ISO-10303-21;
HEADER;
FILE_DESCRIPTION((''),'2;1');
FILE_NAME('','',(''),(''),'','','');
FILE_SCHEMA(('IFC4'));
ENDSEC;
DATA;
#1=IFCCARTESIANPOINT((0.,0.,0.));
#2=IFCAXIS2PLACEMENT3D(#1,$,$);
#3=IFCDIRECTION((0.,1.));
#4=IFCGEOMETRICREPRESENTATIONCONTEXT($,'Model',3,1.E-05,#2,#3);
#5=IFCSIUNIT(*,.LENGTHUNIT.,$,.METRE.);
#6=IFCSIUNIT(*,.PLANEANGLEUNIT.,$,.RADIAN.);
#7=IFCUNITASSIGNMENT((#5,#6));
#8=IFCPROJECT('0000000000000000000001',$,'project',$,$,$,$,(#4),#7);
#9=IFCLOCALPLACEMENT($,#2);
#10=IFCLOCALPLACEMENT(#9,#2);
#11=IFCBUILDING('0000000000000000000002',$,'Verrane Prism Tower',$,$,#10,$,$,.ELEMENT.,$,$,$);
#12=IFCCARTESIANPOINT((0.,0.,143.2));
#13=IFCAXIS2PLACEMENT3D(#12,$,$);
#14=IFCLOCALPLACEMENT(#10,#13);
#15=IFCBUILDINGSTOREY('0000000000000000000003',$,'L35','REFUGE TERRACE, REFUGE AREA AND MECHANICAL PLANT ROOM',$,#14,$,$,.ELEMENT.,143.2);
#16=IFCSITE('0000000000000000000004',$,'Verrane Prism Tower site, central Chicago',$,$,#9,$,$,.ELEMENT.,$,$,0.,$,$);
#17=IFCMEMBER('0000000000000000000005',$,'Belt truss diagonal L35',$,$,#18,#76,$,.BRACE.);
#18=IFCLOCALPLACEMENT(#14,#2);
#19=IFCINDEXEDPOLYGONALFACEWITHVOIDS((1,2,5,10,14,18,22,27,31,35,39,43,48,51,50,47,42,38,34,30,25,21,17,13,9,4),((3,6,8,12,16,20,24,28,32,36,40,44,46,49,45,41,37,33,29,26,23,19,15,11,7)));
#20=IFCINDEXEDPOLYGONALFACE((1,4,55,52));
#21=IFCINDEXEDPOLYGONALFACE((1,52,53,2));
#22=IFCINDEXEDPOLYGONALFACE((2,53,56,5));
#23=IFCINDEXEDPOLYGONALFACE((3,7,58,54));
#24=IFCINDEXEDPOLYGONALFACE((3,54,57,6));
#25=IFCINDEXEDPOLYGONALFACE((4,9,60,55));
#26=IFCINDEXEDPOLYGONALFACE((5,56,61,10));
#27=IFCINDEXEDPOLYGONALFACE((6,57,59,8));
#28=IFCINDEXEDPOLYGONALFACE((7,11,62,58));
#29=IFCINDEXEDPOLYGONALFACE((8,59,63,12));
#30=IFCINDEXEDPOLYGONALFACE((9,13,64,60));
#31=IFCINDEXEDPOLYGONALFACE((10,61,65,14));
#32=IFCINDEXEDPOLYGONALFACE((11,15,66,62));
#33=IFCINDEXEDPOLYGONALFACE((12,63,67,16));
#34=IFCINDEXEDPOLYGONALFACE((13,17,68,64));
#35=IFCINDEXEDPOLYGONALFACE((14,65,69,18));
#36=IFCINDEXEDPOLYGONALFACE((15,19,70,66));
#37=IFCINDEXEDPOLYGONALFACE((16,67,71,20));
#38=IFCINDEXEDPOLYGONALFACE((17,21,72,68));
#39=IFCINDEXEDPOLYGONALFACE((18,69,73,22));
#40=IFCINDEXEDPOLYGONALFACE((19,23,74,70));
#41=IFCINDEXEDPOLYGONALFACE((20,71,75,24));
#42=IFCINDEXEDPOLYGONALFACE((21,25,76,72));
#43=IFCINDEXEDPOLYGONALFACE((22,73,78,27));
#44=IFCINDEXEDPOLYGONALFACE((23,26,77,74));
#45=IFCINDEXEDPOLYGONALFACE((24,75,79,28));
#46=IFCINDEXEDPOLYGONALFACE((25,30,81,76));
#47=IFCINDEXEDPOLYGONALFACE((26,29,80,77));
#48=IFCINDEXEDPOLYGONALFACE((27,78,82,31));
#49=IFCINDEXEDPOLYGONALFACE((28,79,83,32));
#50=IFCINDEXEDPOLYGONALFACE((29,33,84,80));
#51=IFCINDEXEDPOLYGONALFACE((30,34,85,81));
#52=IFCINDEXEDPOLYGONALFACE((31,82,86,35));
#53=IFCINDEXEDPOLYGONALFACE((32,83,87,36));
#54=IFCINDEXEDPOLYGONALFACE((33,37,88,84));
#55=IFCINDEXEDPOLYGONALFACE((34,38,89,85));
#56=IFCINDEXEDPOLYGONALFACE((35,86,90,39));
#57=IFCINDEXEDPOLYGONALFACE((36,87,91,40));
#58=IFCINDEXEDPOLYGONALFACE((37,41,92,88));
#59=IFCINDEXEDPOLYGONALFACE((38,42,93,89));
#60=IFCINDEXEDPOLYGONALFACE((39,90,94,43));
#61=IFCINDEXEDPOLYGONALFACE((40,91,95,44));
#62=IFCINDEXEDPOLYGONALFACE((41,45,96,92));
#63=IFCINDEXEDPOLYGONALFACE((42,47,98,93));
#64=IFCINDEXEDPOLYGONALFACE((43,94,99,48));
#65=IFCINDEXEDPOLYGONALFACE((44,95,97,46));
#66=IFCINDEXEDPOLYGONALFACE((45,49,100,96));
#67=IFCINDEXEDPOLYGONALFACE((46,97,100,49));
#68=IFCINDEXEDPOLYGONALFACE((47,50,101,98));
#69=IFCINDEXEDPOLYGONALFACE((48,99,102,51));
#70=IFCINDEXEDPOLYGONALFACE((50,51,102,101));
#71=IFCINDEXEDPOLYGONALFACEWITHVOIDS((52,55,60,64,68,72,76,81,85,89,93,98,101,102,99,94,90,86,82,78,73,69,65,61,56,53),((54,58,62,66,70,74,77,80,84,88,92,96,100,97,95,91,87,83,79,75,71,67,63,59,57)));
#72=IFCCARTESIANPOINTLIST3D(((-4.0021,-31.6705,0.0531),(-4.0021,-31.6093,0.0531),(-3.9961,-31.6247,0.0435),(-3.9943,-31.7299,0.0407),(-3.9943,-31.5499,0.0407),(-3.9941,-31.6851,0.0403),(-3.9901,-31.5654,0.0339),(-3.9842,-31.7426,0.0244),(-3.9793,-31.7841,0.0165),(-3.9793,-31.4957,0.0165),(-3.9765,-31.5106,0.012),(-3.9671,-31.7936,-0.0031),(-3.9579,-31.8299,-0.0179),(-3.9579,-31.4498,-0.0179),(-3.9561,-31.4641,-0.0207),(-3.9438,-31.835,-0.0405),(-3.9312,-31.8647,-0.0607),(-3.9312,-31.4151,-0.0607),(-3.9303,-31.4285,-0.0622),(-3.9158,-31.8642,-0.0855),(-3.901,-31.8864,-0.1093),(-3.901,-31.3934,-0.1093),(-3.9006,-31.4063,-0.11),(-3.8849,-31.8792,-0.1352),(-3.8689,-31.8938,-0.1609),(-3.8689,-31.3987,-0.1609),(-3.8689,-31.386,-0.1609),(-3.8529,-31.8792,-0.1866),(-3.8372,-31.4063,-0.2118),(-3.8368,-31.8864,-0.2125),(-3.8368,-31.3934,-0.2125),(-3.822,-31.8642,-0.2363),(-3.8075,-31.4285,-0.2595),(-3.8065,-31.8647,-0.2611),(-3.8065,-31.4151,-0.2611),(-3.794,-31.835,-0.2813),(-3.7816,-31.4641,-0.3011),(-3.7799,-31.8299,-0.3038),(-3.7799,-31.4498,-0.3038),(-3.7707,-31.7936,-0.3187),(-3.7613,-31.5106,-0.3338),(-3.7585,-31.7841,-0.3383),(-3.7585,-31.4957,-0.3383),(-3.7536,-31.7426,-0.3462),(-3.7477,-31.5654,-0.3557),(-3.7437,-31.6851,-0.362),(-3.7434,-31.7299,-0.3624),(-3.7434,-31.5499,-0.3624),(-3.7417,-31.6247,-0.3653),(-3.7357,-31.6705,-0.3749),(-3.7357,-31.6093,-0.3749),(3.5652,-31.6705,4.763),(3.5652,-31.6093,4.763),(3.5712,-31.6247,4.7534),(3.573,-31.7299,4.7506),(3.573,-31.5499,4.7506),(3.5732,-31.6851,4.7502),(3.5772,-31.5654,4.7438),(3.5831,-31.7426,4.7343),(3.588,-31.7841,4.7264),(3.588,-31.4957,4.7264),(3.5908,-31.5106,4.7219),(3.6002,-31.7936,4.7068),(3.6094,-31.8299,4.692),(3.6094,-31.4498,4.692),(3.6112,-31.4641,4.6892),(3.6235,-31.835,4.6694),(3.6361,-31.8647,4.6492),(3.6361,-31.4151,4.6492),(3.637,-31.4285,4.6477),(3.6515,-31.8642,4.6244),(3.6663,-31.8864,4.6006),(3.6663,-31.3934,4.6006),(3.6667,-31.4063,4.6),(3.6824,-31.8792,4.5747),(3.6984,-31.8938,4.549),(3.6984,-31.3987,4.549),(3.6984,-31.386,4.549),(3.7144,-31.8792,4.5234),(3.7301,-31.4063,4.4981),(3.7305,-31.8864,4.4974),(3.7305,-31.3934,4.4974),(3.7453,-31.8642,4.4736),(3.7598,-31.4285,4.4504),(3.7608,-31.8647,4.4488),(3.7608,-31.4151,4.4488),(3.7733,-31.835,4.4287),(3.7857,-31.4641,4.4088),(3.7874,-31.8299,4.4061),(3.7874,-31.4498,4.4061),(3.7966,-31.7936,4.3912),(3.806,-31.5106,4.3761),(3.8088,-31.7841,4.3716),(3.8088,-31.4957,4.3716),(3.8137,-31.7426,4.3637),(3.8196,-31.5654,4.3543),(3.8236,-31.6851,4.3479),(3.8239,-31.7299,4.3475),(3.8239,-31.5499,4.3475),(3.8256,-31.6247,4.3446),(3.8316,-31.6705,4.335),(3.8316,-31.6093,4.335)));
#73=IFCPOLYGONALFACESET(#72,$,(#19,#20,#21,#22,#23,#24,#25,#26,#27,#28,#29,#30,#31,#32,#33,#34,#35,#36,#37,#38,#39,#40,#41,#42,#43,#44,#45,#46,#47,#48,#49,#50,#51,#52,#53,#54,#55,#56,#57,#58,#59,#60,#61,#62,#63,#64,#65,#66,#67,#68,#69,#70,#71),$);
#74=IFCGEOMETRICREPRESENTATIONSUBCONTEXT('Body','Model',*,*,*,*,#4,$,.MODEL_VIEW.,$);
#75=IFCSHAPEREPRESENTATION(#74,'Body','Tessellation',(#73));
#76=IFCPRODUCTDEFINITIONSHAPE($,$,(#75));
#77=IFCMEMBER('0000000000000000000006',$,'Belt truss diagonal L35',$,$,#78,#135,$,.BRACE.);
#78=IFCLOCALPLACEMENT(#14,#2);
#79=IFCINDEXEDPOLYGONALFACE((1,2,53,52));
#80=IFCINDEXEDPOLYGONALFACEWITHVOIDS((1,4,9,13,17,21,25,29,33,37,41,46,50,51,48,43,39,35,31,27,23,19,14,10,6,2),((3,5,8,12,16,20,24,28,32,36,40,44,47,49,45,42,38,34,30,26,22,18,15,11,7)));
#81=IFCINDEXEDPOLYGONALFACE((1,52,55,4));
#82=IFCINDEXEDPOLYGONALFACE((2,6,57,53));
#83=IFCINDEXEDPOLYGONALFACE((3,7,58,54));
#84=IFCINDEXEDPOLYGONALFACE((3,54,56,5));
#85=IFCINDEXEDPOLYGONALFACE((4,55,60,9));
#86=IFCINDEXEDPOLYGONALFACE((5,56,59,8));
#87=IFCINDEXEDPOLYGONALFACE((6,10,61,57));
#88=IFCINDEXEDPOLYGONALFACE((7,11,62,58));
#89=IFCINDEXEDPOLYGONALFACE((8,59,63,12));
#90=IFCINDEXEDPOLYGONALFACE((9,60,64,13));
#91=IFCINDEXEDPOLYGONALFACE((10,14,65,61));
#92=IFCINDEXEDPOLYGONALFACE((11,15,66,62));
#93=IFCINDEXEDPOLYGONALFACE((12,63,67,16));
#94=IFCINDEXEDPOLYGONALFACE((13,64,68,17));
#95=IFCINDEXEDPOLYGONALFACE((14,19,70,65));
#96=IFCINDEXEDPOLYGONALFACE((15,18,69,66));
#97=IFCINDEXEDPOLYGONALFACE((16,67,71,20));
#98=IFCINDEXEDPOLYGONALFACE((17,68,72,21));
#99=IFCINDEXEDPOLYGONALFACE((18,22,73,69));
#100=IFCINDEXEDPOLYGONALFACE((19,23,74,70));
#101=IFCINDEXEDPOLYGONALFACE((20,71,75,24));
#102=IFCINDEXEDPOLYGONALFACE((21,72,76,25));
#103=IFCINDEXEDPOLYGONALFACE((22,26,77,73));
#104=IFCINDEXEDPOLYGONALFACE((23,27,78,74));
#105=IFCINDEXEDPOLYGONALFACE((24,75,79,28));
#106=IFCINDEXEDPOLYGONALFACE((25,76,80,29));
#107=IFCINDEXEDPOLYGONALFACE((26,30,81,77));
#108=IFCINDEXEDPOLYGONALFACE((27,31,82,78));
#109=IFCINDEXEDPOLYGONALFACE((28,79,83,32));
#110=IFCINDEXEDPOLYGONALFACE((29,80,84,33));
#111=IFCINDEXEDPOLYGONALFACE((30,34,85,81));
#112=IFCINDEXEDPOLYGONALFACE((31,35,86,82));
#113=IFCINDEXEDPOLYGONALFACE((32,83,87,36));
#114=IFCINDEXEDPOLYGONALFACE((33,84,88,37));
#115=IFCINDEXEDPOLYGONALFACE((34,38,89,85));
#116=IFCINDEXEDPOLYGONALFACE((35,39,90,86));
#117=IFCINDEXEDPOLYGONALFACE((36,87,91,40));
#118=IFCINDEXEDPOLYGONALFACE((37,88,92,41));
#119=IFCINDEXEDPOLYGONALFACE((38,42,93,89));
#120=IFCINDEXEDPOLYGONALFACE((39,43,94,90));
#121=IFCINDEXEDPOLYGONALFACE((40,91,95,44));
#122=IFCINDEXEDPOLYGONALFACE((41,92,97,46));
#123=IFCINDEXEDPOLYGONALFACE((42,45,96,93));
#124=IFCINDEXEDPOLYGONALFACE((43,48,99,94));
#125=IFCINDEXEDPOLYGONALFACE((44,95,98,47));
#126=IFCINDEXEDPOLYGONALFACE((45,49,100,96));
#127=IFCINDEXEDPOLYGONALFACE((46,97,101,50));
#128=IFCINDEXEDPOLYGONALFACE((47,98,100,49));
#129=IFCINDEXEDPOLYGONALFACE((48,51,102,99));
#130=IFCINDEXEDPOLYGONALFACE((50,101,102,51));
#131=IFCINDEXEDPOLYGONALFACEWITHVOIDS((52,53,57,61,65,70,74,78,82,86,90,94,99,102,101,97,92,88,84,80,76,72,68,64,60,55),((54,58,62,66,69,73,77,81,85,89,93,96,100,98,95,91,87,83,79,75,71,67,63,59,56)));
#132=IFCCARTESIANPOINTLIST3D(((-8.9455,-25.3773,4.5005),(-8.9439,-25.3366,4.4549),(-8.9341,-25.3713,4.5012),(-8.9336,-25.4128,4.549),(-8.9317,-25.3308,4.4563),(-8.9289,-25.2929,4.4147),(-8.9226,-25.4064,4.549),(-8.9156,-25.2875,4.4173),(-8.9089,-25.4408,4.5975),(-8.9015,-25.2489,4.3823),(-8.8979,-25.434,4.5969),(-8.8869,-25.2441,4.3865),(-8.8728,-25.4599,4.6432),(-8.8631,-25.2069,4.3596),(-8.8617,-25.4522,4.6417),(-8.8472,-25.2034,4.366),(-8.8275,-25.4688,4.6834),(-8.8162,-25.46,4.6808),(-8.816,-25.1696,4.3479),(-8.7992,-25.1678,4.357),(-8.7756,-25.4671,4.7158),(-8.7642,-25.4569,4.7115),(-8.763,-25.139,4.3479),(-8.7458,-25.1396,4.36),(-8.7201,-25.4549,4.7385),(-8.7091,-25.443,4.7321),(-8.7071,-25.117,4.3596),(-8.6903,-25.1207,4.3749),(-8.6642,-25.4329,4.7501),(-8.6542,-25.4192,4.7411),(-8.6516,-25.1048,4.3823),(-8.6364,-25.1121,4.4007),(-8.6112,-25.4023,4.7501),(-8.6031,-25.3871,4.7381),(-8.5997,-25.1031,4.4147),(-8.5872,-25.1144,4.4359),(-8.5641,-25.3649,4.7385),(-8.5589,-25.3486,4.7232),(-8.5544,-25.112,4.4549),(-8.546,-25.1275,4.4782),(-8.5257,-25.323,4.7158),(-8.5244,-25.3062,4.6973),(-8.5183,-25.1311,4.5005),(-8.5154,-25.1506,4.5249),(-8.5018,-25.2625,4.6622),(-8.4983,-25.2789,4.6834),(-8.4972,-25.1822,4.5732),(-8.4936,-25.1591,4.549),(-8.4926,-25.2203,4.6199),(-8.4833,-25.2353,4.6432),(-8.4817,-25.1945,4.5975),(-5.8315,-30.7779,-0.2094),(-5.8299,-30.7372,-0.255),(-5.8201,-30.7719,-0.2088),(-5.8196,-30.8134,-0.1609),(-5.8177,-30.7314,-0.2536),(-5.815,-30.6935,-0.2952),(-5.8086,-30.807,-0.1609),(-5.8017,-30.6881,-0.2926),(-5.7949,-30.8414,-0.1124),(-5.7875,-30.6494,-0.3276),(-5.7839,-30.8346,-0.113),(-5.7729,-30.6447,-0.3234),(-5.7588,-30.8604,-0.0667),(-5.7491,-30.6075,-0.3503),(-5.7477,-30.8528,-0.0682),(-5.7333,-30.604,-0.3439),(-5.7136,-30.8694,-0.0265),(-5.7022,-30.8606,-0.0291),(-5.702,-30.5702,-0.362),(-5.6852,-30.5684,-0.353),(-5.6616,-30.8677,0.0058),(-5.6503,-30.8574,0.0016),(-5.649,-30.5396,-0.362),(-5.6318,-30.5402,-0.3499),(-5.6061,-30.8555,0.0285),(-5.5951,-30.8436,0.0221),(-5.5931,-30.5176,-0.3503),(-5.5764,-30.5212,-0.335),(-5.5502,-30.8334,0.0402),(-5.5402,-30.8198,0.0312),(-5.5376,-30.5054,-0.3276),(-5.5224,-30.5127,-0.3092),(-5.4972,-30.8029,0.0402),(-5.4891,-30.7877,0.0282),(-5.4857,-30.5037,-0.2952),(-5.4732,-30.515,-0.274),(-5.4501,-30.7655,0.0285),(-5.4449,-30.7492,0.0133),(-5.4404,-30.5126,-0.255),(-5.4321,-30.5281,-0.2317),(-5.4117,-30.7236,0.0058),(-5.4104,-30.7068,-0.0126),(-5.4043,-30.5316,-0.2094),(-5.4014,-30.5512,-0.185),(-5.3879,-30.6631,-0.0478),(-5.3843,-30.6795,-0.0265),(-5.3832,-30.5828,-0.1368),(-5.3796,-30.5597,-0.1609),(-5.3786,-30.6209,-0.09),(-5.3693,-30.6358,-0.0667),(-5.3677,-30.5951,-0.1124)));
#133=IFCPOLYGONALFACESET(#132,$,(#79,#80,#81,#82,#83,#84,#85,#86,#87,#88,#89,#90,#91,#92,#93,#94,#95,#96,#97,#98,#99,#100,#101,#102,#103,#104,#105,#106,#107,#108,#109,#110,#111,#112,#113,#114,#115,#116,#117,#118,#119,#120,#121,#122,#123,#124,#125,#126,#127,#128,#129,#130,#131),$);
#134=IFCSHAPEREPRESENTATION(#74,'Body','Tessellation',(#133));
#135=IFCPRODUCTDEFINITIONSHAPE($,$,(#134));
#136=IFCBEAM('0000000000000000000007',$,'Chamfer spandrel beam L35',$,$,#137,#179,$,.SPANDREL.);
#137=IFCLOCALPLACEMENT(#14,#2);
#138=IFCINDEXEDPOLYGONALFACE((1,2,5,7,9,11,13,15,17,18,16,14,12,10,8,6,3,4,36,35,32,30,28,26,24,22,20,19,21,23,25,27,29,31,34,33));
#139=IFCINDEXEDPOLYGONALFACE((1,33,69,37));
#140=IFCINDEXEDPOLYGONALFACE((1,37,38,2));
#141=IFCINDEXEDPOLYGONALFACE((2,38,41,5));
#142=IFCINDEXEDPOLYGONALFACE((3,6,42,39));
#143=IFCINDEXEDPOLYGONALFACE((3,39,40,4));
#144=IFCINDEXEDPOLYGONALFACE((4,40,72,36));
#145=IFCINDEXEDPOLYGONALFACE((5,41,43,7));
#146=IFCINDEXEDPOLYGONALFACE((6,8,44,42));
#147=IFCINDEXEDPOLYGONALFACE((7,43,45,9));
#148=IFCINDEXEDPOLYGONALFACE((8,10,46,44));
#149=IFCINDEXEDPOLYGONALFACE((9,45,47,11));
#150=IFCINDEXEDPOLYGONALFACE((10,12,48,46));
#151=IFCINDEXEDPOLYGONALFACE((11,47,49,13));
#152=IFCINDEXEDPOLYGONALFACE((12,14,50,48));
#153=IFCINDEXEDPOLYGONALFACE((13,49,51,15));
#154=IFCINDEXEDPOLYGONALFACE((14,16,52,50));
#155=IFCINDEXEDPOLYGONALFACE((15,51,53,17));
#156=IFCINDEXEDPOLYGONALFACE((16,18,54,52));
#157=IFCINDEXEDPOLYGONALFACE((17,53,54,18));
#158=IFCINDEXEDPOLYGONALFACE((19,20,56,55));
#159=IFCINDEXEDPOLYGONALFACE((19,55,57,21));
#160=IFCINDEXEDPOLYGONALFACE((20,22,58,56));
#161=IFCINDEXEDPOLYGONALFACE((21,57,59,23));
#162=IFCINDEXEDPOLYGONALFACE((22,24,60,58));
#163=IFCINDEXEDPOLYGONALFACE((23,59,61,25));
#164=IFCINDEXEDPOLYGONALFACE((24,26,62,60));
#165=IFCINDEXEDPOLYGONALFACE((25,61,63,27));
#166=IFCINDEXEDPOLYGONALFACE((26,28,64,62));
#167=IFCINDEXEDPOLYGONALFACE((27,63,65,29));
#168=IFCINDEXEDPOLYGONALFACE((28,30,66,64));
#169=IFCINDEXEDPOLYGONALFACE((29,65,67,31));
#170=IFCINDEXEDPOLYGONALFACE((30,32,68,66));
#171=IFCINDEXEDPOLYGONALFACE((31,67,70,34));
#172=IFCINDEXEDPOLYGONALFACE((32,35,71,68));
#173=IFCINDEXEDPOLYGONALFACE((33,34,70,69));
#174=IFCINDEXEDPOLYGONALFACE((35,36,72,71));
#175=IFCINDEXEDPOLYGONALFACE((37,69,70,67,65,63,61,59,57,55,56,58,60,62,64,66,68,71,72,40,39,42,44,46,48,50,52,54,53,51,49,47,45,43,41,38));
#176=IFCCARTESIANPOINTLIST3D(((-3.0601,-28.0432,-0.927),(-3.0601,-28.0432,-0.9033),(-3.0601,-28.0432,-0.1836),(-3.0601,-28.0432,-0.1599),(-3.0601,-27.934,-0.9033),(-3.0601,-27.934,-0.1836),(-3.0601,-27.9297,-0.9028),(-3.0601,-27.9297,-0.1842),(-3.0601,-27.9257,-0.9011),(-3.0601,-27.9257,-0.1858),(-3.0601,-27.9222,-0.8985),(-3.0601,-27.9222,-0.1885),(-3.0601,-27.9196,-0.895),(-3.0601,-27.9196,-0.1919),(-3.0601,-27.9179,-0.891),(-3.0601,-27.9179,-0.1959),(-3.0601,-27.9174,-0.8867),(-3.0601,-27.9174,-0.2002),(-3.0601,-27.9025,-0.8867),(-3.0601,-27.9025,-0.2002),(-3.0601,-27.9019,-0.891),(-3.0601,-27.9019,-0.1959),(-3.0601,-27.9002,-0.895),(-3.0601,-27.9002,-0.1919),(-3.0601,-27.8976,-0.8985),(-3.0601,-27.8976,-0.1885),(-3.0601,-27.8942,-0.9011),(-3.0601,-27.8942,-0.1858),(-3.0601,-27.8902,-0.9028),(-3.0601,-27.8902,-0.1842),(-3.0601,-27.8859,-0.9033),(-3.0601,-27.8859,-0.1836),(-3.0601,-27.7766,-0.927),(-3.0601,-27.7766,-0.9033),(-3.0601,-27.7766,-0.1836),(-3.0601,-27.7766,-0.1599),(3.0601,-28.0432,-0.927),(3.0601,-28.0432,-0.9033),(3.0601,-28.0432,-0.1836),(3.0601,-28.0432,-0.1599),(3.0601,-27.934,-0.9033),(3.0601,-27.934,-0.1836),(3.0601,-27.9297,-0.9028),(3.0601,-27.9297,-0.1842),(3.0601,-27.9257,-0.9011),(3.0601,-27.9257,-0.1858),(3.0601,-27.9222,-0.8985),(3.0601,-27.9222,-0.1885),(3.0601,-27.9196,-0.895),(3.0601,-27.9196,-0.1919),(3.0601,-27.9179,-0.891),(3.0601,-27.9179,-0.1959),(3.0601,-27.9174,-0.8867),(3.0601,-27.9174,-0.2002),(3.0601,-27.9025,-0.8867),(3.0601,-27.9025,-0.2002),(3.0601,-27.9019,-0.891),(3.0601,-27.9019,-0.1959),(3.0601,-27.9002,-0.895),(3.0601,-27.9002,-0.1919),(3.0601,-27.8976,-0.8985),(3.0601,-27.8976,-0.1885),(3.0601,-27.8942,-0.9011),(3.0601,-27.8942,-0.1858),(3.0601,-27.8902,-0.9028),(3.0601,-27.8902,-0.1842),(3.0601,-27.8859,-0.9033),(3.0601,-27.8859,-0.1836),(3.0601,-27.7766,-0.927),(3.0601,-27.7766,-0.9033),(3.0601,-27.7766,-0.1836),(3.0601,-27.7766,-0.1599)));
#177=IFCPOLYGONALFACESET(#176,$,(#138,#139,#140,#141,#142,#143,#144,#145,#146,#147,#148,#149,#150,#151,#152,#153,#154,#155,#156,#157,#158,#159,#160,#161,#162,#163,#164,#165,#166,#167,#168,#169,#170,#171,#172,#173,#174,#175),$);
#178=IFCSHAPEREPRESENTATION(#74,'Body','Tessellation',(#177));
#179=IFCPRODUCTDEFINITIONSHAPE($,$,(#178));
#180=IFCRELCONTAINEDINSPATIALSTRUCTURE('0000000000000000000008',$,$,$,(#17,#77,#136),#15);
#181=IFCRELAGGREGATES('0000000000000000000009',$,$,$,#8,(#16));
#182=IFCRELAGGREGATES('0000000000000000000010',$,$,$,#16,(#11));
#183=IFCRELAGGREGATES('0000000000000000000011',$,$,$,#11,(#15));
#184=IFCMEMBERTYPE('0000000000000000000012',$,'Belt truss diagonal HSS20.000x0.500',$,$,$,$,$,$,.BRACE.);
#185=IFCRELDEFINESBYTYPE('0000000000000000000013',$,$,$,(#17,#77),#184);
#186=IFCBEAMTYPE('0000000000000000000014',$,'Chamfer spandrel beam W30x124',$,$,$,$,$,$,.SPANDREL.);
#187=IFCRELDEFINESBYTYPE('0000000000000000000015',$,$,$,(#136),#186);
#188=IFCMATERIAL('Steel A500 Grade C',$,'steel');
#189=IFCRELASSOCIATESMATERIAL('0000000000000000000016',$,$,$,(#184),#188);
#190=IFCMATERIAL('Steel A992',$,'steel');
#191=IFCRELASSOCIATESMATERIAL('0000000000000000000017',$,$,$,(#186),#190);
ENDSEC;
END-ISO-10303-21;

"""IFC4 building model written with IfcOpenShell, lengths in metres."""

from ifc_helpers import new_model, si_unit, direction, frame, origin, origin_2d, place, context, subcontext, project, spatial, hollow_circle, i_section, extrude, material, material_profile, profile_set, type_object, element, save


model = new_model("IFC4")

# Units and contexts
model_context = context("Model", 3, precision=1e-05, world=origin(), true_north=direction((0.0, 1.0)))
body_context = subcontext(model_context, "Body", "Model", "MODEL_VIEW")
ifc_project = project(units=[si_unit("LENGTHUNIT", "METRE"), si_unit("PLANEANGLEUNIT", "RADIAN")], contexts=[model_context])

# Site, building, storey
site_placement = place(None, origin())
site = spatial("IfcSite", under=ifc_project, at=site_placement, Name="Verrane Prism Tower site, central Chicago", CompositionType="ELEMENT", RefElevation=0.0)
building_placement = place(site_placement, origin())
building = spatial("IfcBuilding", under=site, at=building_placement, Name="Verrane Prism Tower", CompositionType="ELEMENT")
storey_placement = place(building_placement, frame((0.0, 0.0, 143.2)))
storey = spatial("IfcBuildingStorey", under=building, at=storey_placement, Name="L35", Description="REFUGE TERRACE, REFUGE AREA AND MECHANICAL PLANT ROOM", CompositionType="ELEMENT", Elevation=143.2)

# Members
ifc_material_1 = material(Name="Steel A500 Grade C", Category="steel")
ifc_material_profile_1 = material_profile(ifc_material_1, hollow_circle(Radius=0.2539, WallThickness=0.0127, at=origin_2d()), Name="HSS20.000x0.500")
ifc_profile_set_1 = profile_set([ifc_material_profile_1], Name="Steel A500 Grade C")
member_type_1 = type_object("IfcMemberType", Name="Belt truss diagonal HSS20.000x0.500", PredefinedType="BRACE", material=ifc_profile_set_1)
member_1_placement = place(storey_placement, frame((-3.8689, -31.6399, -0.1609), z_axis=(0.848988, 0.0, 0.528412), x_axis=(0.0, 1.0, 0.0)))
element("IfcMember", 1, at=member_1_placement, inside=storey, type_object=member_type_1, Name="Belt truss diagonal L35", PredefinedType="BRACE", context=body_context, shape_type="SweptSolid", body=[
    extrude(hollow_circle(Radius=0.2539, WallThickness=0.0127, at=origin_2d()), origin(), (0.0, 0.0, 1.0), 8.9133),
])
member_2_placement = place(storey_placement, frame((-5.5996, -30.6865, -0.1609), z_axis=(-0.398553, 0.69121, 0.602813), x_axis=(-0.866306, -0.499513, 0.0)))
element("IfcMember", 2, at=member_2_placement, inside=storey, type_object=member_type_1, Name="Belt truss diagonal L35", PredefinedType="BRACE", context=body_context, shape_type="SweptSolid", body=[
    extrude(hollow_circle(Radius=0.2539, WallThickness=0.0127, at=origin_2d()), origin(), (0.0, 0.0, 1.0), 7.8132),
])

# Beam
ifc_material_2 = material(Name="Steel A992", Category="steel")
ifc_material_profile_2 = material_profile(ifc_material_2, i_section(OverallWidth=0.2666, OverallDepth=0.7671, WebThickness=0.0149, FlangeThickness=0.0237, FilletRadius=0.0166, at=origin_2d()), Name="W30x124")
ifc_profile_set_2 = profile_set([ifc_material_profile_2], Name="Steel A992")
beam_type_1 = type_object("IfcBeamType", Name="Chamfer spandrel beam W30x124", PredefinedType="SPANDREL", material=ifc_profile_set_2)
beam_1_placement = place(storey_placement, frame((-3.0601, -27.9099, -0.5435), z_axis=(1.0, 0.0, 0.0), x_axis=(0.0, 1.0, 0.0)))
element("IfcBeam", 3, at=beam_1_placement, inside=storey, type_object=beam_type_1, Name="Chamfer spandrel beam L35", PredefinedType="SPANDREL", context=body_context, shape_type="SweptSolid", body=[
    extrude(i_section(OverallWidth=0.2666, OverallDepth=0.7671, WebThickness=0.0149, FlangeThickness=0.0237, FilletRadius=0.0166, at=origin_2d()), origin(), (0.0, 0.0, 1.0), 6.1201),
])

save(model, "model.ifc")
